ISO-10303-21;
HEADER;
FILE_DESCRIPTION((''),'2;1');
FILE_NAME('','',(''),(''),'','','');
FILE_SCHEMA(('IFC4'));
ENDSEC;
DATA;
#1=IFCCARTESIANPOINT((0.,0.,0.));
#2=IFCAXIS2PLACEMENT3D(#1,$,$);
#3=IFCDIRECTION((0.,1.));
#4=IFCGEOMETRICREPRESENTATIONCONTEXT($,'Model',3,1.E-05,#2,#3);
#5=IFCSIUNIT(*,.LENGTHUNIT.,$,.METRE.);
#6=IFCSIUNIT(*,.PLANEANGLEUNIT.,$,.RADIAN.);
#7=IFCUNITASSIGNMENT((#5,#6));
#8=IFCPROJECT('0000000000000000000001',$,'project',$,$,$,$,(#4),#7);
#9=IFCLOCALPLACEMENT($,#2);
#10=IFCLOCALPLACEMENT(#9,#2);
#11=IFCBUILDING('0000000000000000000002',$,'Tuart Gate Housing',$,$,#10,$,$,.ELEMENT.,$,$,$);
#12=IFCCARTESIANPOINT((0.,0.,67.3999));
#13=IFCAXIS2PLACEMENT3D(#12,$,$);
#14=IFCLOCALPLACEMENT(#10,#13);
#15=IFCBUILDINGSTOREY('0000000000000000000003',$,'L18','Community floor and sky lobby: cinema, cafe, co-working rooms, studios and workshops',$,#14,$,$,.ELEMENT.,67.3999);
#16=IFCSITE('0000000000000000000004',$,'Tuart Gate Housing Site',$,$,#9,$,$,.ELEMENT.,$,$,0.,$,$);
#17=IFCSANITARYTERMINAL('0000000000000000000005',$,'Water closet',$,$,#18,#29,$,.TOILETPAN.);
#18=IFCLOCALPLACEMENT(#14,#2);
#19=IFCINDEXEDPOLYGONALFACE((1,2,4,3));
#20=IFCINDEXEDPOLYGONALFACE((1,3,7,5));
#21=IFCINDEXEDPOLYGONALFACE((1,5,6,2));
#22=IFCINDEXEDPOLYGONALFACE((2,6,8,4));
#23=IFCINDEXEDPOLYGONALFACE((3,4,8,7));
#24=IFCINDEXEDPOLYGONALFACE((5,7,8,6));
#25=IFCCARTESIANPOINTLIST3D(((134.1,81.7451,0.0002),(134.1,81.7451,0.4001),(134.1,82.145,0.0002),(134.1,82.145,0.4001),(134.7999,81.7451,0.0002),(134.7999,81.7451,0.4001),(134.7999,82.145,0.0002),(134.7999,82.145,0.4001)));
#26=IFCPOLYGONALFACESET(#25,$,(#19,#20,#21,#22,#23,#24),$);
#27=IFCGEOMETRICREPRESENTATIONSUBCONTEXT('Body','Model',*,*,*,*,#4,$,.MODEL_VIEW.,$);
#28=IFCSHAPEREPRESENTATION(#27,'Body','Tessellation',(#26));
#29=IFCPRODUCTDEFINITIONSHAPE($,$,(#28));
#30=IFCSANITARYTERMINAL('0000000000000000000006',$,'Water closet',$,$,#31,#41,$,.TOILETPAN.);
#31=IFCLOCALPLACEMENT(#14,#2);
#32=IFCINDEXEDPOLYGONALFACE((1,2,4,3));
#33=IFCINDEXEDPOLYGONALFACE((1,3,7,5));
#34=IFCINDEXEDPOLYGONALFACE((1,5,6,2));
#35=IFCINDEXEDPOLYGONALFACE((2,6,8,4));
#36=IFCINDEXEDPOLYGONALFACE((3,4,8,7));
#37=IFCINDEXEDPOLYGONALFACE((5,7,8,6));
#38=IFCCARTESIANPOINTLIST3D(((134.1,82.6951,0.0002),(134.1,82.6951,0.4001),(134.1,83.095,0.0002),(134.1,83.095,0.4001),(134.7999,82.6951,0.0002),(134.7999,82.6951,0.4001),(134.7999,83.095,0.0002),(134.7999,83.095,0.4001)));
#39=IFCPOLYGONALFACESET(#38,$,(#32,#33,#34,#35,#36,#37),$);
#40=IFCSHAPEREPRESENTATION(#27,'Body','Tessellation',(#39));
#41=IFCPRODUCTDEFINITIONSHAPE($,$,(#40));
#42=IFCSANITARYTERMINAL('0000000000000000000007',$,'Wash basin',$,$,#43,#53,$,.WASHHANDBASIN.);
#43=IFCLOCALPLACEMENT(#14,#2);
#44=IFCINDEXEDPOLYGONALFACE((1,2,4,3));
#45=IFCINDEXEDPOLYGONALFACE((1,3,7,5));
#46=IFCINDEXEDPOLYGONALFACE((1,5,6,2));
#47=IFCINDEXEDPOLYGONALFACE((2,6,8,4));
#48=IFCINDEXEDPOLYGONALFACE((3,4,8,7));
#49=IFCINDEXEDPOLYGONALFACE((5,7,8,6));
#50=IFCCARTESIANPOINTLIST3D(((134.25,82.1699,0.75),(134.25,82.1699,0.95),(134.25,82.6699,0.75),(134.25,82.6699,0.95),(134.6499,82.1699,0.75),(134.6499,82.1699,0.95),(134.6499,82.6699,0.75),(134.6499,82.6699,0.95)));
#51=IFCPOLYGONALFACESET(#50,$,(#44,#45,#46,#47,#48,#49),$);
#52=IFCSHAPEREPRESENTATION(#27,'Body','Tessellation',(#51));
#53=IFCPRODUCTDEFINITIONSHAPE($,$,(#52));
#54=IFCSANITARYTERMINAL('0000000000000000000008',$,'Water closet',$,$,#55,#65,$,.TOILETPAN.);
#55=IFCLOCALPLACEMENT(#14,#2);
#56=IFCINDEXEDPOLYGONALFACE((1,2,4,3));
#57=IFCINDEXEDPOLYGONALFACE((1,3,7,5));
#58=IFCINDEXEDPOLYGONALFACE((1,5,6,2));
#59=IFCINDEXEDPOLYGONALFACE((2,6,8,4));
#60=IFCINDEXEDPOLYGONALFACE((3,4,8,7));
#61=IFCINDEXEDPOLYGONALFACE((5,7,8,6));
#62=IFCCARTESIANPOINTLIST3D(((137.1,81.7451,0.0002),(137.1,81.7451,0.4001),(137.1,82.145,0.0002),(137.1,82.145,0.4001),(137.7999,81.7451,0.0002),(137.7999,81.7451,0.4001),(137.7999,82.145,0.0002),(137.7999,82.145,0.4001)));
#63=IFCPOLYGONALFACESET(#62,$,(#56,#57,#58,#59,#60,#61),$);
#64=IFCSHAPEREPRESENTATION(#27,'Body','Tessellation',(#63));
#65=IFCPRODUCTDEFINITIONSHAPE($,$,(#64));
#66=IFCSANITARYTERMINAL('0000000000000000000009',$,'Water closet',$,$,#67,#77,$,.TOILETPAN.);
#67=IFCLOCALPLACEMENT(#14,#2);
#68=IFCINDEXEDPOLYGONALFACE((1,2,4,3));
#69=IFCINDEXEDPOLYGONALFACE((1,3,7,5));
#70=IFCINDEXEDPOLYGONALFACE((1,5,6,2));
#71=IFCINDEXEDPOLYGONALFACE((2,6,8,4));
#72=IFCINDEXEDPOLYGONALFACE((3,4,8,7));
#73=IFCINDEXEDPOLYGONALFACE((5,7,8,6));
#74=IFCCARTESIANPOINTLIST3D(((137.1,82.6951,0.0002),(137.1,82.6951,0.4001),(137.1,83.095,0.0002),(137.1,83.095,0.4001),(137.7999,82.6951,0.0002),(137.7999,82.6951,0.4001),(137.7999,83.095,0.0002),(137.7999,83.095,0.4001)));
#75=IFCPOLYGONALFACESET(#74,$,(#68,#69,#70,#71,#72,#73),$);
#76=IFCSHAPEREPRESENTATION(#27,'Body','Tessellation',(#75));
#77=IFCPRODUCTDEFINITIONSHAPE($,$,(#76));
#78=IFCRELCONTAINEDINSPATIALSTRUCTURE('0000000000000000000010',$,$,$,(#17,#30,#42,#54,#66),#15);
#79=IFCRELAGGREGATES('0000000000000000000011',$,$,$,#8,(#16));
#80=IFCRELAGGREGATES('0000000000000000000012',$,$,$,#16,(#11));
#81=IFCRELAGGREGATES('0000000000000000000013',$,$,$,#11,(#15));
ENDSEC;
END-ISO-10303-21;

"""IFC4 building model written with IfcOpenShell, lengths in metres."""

from ifc_helpers import new_model, si_unit, direction, frame, origin, origin_2d, place, context, subcontext, project, spatial, rectangle, extrude, element, save


model = new_model("IFC4")

# Units and contexts
model_context = context("Model", 3, precision=1e-05, world=origin(), true_north=direction((0.0, 1.0)))
body_context = subcontext(model_context, "Body", "Model", "MODEL_VIEW")
ifc_project = project(units=[si_unit("LENGTHUNIT", "METRE"), si_unit("PLANEANGLEUNIT", "RADIAN")], contexts=[model_context])

# Site, building, storey
site_placement = place(None, origin())
site = spatial("IfcSite", under=ifc_project, at=site_placement, Name="Tuart Gate Housing Site", CompositionType="ELEMENT", RefElevation=0.0)
building_placement = place(site_placement, origin())
building = spatial("IfcBuilding", under=site, at=building_placement, Name="Tuart Gate Housing", CompositionType="ELEMENT")
storey_placement = place(building_placement, frame((0.0, 0.0, 67.3999)))
storey = spatial("IfcBuildingStorey", under=building, at=storey_placement, Name="L18", Description="Community floor and sky lobby: cinema, cafe, co-working rooms, studios and workshops", CompositionType="ELEMENT", Elevation=67.3999)

# Sanitary terminals
for number, where, z_axis, x_axis, name in (
    (1, (134.45, 81.9451, 0.0002), (0.0, 0.0, 1.0), (1.0, 0.0, 0.0), "Water closet"),
    (2, (134.45, 82.895, 0.0002), (0.0, 0.0, 1.0), (1.0, 0.0, 0.0), "Water closet"),
):
    element("IfcSanitaryTerminal", number, at=place(storey_placement, frame(where, z_axis=z_axis, x_axis=x_axis)), inside=storey, Name=name, PredefinedType="TOILETPAN", context=body_context, shape_type="SweptSolid", body=[
        extrude(rectangle(XDim=0.7, YDim=0.3999, at=origin_2d()), origin(), (0.0, 0.0, 1.0), 0.3999),
    ])
sanitary_terminal_placement = place(storey_placement, frame((134.45, 82.4199, 0.75), z_axis=(0.0, 0.0, 1.0), x_axis=(1.0, 0.0, 0.0)))
element("IfcSanitaryTerminal", 3, at=sanitary_terminal_placement, inside=storey, Name="Wash basin", PredefinedType="WASHHANDBASIN", context=body_context, shape_type="SweptSolid", body=[
    extrude(rectangle(XDim=0.3999, YDim=0.5, at=origin_2d()), origin(), (0.0, 0.0, 1.0), 0.2),
])
for number, where, z_axis, x_axis, name in (
    (4, (137.45, 81.9451, 0.0002), (0.0, 0.0, 1.0), (1.0, 0.0, 0.0), "Water closet"),
    (5, (137.45, 82.895, 0.0002), (0.0, 0.0, 1.0), (1.0, 0.0, 0.0), "Water closet"),
):
    element("IfcSanitaryTerminal", number, at=place(storey_placement, frame(where, z_axis=z_axis, x_axis=x_axis)), inside=storey, Name=name, PredefinedType="TOILETPAN", context=body_context, shape_type="SweptSolid", body=[
        extrude(rectangle(XDim=0.7, YDim=0.3999, at=origin_2d()), origin(), (0.0, 0.0, 1.0), 0.3999),
    ])

save(model, "model.ifc")
